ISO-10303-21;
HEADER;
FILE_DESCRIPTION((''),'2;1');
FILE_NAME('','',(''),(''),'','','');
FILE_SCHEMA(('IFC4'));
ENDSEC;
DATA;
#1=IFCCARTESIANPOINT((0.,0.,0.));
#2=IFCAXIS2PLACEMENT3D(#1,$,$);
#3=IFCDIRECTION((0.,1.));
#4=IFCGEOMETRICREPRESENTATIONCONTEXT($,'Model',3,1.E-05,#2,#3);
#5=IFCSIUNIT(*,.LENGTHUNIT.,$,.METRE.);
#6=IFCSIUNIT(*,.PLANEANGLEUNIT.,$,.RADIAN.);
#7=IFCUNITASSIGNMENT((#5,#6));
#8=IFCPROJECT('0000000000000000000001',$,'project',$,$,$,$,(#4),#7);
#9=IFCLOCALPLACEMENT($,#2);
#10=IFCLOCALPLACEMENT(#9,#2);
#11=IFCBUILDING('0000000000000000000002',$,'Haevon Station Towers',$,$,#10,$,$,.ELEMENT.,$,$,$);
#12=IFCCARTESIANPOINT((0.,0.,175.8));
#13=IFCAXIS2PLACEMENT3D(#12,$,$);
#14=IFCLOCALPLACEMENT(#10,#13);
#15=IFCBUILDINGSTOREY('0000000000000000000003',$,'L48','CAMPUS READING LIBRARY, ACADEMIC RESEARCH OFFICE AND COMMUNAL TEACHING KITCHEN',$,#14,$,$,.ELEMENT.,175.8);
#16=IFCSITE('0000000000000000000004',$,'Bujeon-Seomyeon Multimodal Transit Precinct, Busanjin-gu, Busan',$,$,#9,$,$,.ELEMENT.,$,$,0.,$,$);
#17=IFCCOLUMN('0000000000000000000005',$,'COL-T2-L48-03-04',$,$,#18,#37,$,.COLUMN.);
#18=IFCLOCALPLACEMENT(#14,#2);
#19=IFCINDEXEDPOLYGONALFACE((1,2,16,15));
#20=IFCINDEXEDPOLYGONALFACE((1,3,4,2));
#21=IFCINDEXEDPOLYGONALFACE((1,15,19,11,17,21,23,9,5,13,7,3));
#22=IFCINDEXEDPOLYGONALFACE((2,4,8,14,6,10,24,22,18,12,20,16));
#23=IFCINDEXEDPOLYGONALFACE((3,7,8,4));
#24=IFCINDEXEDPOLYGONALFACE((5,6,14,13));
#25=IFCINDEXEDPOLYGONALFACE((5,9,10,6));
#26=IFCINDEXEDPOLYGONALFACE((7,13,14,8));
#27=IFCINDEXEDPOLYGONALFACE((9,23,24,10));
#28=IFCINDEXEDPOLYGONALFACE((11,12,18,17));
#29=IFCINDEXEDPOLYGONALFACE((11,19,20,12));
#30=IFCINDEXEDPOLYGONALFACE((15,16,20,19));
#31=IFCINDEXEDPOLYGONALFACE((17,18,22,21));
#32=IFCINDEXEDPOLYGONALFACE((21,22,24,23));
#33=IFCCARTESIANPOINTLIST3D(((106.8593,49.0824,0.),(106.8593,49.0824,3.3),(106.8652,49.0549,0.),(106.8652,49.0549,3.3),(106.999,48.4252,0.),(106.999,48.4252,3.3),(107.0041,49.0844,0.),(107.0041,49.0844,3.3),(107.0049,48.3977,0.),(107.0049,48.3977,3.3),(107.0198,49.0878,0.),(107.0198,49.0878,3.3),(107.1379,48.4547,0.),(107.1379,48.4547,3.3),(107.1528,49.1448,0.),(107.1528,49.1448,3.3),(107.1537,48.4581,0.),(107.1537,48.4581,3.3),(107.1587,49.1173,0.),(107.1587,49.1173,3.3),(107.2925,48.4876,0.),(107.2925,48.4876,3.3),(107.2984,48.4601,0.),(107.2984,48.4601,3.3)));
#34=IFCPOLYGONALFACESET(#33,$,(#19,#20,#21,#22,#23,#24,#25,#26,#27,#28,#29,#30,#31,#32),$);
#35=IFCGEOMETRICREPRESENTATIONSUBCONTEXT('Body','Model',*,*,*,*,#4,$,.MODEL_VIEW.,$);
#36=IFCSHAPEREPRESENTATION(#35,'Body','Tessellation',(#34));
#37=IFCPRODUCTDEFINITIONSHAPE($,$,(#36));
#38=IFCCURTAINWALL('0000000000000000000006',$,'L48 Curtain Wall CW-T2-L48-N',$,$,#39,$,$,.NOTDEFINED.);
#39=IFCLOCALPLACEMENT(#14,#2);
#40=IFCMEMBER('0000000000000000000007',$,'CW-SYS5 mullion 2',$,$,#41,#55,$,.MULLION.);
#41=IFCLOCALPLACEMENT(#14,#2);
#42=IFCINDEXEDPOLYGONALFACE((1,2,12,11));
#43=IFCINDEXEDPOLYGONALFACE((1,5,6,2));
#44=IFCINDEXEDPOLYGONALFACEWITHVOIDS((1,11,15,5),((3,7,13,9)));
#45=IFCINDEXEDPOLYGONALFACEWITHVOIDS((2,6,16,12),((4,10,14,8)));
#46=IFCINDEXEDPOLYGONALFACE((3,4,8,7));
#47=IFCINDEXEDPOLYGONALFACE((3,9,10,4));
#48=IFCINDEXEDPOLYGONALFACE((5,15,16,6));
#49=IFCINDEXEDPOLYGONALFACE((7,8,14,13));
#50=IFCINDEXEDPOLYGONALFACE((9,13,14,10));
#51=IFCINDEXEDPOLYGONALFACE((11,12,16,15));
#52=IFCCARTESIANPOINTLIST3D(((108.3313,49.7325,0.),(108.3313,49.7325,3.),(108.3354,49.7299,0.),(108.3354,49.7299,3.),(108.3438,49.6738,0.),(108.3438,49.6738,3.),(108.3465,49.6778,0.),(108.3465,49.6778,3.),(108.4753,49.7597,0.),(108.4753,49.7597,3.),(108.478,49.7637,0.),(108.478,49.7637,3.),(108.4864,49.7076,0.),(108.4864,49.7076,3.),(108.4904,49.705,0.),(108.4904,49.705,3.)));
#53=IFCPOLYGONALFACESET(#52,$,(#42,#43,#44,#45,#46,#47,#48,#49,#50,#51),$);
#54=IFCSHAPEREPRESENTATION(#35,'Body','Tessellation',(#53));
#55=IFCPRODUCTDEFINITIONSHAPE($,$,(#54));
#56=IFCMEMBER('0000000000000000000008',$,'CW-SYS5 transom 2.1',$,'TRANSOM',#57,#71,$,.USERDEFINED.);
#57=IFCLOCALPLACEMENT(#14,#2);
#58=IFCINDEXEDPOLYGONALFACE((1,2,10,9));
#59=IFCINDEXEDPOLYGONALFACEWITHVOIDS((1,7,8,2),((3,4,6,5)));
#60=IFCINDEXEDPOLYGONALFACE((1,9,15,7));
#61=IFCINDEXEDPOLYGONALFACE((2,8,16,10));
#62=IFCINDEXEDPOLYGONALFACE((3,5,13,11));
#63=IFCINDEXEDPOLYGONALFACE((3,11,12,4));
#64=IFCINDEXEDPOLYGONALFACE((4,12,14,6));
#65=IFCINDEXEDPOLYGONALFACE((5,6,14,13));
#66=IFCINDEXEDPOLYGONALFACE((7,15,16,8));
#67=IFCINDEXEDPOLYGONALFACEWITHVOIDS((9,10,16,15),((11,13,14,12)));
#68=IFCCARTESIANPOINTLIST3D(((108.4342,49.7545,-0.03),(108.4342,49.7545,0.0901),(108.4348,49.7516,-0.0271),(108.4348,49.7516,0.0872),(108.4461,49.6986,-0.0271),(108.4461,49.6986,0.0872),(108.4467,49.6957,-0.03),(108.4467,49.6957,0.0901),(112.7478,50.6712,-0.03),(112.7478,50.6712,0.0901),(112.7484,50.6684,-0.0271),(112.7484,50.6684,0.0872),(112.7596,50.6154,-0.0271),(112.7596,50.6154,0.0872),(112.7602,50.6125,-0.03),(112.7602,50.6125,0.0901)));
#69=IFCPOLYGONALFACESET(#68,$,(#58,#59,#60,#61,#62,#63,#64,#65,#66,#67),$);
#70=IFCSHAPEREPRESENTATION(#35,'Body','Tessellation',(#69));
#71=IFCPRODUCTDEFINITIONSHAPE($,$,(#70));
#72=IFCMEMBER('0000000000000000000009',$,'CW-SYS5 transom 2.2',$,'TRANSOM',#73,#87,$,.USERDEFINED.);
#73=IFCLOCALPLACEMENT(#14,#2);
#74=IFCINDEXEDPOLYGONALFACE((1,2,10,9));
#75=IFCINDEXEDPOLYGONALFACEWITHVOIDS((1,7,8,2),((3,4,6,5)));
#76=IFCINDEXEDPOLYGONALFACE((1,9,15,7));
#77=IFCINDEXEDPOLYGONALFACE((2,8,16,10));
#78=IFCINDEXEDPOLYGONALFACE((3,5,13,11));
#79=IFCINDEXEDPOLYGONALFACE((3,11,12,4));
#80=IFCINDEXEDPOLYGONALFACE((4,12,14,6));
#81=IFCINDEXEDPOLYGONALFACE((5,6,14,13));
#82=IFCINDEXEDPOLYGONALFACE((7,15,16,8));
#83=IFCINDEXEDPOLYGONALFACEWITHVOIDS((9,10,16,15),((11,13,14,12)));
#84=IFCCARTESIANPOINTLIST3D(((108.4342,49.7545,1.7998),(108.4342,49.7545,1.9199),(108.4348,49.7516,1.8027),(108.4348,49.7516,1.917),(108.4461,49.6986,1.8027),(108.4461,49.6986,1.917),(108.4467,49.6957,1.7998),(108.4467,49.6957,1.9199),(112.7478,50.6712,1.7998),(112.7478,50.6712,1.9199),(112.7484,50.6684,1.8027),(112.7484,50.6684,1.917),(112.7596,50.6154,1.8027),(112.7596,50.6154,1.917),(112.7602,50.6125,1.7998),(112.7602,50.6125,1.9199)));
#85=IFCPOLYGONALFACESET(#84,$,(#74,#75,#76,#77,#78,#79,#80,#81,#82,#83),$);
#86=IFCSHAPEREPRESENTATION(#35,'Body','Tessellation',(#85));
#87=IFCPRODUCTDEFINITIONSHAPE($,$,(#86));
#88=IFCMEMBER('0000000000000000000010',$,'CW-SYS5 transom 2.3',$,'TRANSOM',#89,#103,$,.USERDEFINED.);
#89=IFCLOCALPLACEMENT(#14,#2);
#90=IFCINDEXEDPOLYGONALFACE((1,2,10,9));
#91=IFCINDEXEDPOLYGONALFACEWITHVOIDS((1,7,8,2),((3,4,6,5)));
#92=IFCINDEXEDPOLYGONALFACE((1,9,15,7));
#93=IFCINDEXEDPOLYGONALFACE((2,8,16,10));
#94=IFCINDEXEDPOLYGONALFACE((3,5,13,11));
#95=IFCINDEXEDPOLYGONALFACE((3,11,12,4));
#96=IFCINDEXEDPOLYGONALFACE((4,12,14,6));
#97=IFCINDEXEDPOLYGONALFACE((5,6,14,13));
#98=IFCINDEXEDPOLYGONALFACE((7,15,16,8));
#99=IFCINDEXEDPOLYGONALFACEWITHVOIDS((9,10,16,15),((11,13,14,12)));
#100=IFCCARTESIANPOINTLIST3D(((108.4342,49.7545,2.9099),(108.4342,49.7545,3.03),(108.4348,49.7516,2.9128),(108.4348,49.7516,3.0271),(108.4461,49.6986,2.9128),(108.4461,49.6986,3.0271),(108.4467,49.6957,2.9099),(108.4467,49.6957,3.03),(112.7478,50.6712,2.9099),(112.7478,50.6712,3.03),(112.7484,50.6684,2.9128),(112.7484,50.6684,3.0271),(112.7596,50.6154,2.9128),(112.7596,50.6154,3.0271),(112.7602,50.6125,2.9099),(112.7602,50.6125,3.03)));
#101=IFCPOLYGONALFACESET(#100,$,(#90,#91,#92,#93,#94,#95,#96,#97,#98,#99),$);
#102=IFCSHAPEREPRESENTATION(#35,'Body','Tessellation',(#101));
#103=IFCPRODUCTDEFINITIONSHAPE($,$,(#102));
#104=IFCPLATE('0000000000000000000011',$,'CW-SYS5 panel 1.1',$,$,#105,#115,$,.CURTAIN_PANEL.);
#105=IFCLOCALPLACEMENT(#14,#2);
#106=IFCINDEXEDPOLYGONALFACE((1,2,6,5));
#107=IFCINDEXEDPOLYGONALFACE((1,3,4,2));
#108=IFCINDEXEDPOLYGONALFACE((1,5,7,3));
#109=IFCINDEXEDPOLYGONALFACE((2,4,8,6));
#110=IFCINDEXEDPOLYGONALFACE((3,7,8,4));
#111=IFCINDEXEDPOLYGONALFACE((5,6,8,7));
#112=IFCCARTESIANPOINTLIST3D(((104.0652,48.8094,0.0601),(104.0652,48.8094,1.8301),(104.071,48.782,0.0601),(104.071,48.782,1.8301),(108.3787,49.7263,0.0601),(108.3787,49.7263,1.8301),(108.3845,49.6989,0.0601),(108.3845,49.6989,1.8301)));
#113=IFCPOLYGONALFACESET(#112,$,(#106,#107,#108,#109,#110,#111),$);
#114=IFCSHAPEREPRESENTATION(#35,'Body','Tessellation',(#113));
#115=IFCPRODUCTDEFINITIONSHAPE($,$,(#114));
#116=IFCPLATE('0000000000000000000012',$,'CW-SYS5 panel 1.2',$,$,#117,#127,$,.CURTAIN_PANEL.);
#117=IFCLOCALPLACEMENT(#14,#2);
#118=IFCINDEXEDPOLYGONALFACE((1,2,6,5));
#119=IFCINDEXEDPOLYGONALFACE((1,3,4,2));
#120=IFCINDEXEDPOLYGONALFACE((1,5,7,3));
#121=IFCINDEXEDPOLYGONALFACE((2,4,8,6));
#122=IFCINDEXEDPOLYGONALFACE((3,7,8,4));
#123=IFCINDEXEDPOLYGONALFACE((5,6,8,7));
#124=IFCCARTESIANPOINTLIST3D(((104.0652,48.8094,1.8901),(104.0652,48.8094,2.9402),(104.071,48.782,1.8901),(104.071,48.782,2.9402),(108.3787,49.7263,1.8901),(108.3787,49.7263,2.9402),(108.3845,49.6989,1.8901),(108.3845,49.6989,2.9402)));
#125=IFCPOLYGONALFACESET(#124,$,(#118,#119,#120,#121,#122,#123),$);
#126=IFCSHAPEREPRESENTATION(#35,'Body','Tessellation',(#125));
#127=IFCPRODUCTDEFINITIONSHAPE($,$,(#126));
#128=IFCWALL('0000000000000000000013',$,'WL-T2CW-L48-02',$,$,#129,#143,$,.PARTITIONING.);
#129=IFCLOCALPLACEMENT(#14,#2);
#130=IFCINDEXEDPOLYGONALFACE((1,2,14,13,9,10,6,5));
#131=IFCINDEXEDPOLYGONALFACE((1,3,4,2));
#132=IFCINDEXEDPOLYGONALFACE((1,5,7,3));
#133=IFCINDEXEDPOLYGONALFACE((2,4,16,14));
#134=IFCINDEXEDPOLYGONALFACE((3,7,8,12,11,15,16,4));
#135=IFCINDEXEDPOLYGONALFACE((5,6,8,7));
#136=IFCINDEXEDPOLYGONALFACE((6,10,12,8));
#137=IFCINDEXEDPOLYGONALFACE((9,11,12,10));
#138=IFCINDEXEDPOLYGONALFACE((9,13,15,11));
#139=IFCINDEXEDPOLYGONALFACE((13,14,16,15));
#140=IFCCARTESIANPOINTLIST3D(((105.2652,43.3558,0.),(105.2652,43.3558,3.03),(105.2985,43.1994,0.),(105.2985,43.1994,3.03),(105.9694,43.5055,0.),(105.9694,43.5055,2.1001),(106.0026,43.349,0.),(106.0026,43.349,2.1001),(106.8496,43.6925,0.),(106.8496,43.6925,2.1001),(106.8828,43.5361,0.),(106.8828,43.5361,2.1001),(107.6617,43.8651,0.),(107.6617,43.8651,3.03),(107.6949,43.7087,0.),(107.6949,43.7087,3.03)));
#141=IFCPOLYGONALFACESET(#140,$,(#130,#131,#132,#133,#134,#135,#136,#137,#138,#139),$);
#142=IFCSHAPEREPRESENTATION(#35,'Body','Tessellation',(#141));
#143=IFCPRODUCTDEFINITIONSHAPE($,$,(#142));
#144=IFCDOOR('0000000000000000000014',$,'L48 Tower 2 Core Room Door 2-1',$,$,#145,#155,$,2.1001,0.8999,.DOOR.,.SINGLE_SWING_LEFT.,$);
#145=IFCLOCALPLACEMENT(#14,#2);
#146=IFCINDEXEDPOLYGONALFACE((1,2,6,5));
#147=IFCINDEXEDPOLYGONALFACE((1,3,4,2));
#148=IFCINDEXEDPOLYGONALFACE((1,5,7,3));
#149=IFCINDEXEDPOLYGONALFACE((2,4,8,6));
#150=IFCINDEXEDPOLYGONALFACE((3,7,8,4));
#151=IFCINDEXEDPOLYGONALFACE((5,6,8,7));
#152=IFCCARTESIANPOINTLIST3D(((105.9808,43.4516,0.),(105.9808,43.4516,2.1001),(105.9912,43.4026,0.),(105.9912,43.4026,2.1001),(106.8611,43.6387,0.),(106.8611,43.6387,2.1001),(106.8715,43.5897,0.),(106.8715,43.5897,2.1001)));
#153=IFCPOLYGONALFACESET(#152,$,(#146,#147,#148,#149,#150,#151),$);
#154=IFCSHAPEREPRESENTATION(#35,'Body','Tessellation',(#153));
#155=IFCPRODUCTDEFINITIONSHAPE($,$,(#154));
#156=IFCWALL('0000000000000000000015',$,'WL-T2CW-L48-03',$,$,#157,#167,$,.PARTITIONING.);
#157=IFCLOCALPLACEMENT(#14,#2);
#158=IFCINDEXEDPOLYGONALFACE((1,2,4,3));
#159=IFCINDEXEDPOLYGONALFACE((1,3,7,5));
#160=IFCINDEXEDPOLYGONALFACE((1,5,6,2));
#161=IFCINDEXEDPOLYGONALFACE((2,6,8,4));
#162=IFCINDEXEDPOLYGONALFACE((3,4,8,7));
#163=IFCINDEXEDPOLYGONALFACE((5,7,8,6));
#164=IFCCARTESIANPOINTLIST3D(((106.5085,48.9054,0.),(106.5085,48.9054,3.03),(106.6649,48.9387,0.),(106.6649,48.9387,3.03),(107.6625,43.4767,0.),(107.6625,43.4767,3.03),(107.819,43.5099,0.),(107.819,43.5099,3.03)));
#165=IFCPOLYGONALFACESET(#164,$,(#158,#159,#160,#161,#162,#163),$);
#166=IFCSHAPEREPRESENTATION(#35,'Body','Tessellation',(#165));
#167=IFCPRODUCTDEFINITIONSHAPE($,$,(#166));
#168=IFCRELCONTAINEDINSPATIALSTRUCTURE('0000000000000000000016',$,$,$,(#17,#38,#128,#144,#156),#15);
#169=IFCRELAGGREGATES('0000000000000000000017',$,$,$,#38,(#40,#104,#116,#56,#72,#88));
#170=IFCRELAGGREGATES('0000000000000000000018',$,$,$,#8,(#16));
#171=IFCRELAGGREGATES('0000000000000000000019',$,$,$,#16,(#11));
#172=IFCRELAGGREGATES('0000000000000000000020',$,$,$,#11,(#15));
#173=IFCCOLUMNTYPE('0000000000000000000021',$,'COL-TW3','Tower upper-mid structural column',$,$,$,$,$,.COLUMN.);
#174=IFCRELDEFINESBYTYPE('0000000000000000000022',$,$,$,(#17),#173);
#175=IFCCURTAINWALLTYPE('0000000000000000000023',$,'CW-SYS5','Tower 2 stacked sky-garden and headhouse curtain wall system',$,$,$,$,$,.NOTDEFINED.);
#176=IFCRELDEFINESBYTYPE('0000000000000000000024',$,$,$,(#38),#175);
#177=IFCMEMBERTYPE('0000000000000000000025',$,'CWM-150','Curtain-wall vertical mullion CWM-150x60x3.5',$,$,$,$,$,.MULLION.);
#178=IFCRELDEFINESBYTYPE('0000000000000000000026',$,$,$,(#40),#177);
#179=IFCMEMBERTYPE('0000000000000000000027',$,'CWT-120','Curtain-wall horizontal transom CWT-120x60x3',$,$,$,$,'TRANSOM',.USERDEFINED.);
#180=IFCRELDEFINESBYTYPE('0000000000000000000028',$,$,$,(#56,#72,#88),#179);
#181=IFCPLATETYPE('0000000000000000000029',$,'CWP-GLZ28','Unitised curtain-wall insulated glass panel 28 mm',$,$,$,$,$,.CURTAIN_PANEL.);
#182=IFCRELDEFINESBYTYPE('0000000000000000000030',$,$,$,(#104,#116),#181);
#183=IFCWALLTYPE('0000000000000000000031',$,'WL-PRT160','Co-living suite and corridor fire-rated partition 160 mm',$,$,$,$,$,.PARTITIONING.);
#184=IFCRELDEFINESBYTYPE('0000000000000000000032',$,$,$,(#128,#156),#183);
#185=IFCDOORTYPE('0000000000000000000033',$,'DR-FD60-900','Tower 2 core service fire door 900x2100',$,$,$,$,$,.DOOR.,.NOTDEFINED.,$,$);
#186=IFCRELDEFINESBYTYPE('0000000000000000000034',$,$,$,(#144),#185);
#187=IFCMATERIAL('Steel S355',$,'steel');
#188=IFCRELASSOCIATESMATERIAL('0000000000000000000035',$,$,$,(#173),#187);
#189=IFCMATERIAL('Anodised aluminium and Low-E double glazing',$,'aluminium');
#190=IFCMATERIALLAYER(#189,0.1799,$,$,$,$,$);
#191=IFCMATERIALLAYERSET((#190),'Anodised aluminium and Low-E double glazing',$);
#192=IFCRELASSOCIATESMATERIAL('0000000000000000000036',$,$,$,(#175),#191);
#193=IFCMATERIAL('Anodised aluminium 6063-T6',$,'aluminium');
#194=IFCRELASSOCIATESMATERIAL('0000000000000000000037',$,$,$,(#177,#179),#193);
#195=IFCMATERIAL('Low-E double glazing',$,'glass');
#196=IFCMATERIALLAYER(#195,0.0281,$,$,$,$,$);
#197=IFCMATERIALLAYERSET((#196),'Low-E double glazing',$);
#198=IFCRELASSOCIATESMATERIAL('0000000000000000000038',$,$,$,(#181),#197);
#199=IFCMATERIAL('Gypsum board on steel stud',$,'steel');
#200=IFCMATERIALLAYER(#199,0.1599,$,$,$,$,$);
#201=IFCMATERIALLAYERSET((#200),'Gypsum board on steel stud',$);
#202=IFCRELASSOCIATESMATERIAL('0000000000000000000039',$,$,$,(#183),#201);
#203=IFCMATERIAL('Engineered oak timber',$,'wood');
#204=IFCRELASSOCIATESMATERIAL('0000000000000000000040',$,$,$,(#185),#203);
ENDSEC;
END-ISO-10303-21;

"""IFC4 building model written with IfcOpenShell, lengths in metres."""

from ifc_helpers import new_model, si_unit, direction, frame, frame_2d, origin, origin_2d, place, context, subcontext, project, spatial, rectangle, hollow_rectangle, i_section, extrude, material, layer, layer_set, material_profile, profile_set, type_object, element, fill, aggregate, save


model = new_model("IFC4")

# Units and contexts
model_context = context("Model", 3, precision=1e-05, world=origin(), true_north=direction((0.0, 1.0)))
body_context = subcontext(model_context, "Body", "Model", "MODEL_VIEW")
ifc_project = project(units=[si_unit("LENGTHUNIT", "METRE"), si_unit("PLANEANGLEUNIT", "RADIAN")], contexts=[model_context])

# Site, building, storey
site_placement = place(None, origin())
site = spatial("IfcSite", under=ifc_project, at=site_placement, Name="Bujeon-Seomyeon Multimodal Transit Precinct, Busanjin-gu, Busan", CompositionType="ELEMENT", RefElevation=0.0)
building_placement = place(site_placement, origin())
building = spatial("IfcBuilding", under=site, at=building_placement, Name="Haevon Station Towers", CompositionType="ELEMENT")
storey_placement = place(building_placement, frame((0.0, 0.0, 175.8)))
storey = spatial("IfcBuildingStorey", under=building, at=storey_placement, Name="L48", Description="CAMPUS READING LIBRARY, ACADEMIC RESEARCH OFFICE AND COMMUNAL TEACHING KITCHEN", CompositionType="ELEMENT", Elevation=175.8)

# Column
ifc_material_1 = material(Name="Steel S355", Category="steel")
ifc_material_profile_1 = material_profile(ifc_material_1, i_section(OverallWidth=0.3, OverallDepth=0.7, WebThickness=0.0161, FlangeThickness=0.0281, at=origin_2d()), Name="H-700x300x16x28")
ifc_profile_set_1 = profile_set([ifc_material_profile_1], Name="Steel S355")
column_type = type_object("IfcColumnType", Name="COL-TW3", Description="Tower upper-mid structural column", PredefinedType="COLUMN", material=ifc_profile_set_1)
column_placement = place(storey_placement, frame((107.0789, 48.7712, 0.0), z_axis=(0.0, 0.0, 1.0), x_axis=(0.978148, 0.207912, 0.0)))
element("IfcColumn", 1, at=column_placement, inside=storey, type_object=column_type, Name="COL-T2-L48-03-04", PredefinedType="COLUMN", context=body_context, shape_type="SweptSolid", body=[
    extrude(i_section(OverallWidth=0.3, OverallDepth=0.7, WebThickness=0.0161, FlangeThickness=0.0281, at=origin_2d()), origin(), (0.0, 0.0, 1.0), 3.3),
])

# Curtain wall, members, plates
ifc_material_2 = material(Name="Anodised aluminium and Low-E double glazing", Category="aluminium")
ifc_layer_1 = layer(ifc_material_2, 0.1799)
ifc_layer_set_1 = layer_set([ifc_layer_1], Name="Anodised aluminium and Low-E double glazing")
curtain_wall_type = type_object("IfcCurtainWallType", Name="CW-SYS5", Description="Tower 2 stacked sky-garden and headhouse curtain wall system", PredefinedType="NOTDEFINED", material=ifc_layer_set_1)
curtain_wall_placement = place(storey_placement, origin())
curtain_wall = element("IfcCurtainWall", 2, at=curtain_wall_placement, inside=storey, type_object=curtain_wall_type, Name="L48 Curtain Wall CW-T2-L48-N", PredefinedType="NOTDEFINED")
ifc_material_3 = material(Name="Anodised aluminium 6063-T6", Category="aluminium")
ifc_material_profile_2 = material_profile(ifc_material_3, hollow_rectangle(XDim=0.0601, YDim=0.1499, WallThickness=0.0034, at=origin_2d()), Name="CWM-150x60x3.5")
ifc_profile_set_2 = profile_set([ifc_material_profile_2], Name="Anodised aluminium 6063-T6")
member_type_1 = type_object("IfcMemberType", Name="CWM-150", Description="Curtain-wall vertical mullion CWM-150x60x3.5", PredefinedType="MULLION", material=ifc_profile_set_2)
member_1_placement = place(storey_placement, frame((108.4109, 49.7188, 0.0), z_axis=(0.0, 0.0, 1.0), x_axis=(-0.207912, 0.978148, 0.0)))
member_1 = element("IfcMember", 3, at=member_1_placement, type_object=member_type_1, Name="CW-SYS5 mullion 2", PredefinedType="MULLION", context=body_context, shape_type="SweptSolid", body=[
    extrude(hollow_rectangle(XDim=0.0601, YDim=0.1499, WallThickness=0.0034, at=origin_2d()), origin(), (0.0, 0.0, 1.0), 3.0),
])
ifc_material_profile_3 = material_profile(ifc_material_3, hollow_rectangle(XDim=0.0601, YDim=0.1201, WallThickness=0.0029, at=origin_2d()), Name="CWT-120x60x3")
ifc_profile_set_3 = profile_set([ifc_material_profile_3], Name="Anodised aluminium 6063-T6")
member_type_2 = type_object("IfcMemberType", Name="CWT-120", Description="Curtain-wall horizontal transom CWT-120x60x3", ElementType="TRANSOM", PredefinedType="USERDEFINED", material=ifc_profile_set_3)
member_2_placement = place(storey_placement, frame((108.4404, 49.7251, 0.03), z_axis=(0.978153, 0.207888, 0.0), x_axis=(-0.207888, 0.978153, 0.0)))
member_2 = element("IfcMember", 4, at=member_2_placement, type_object=member_type_2, Name="CW-SYS5 transom 2.1", ObjectType="TRANSOM", PredefinedType="USERDEFINED", context=body_context, shape_type="SweptSolid", body=[
    extrude(hollow_rectangle(XDim=0.0601, YDim=0.1201, WallThickness=0.0029, at=origin_2d()), origin(), (0.0, 0.0, 1.0), 4.4099),
])
member_3_placement = place(storey_placement, frame((108.4404, 49.7251, 1.8599), z_axis=(0.978153, 0.207888, 0.0), x_axis=(-0.207888, 0.978153, 0.0)))
member_3 = element("IfcMember", 5, at=member_3_placement, type_object=member_type_2, Name="CW-SYS5 transom 2.2", ObjectType="TRANSOM", PredefinedType="USERDEFINED", context=body_context, shape_type="SweptSolid", body=[
    extrude(hollow_rectangle(XDim=0.0601, YDim=0.1201, WallThickness=0.0029, at=origin_2d()), origin(), (0.0, 0.0, 1.0), 4.4099),
])
member_4_placement = place(storey_placement, frame((108.4404, 49.7251, 2.97), z_axis=(0.978153, 0.207888, 0.0), x_axis=(-0.207888, 0.978153, 0.0)))
member_4 = element("IfcMember", 6, at=member_4_placement, type_object=member_type_2, Name="CW-SYS5 transom 2.3", ObjectType="TRANSOM", PredefinedType="USERDEFINED", context=body_context, shape_type="SweptSolid", body=[
    extrude(hollow_rectangle(XDim=0.0601, YDim=0.1201, WallThickness=0.0029, at=origin_2d()), origin(), (0.0, 0.0, 1.0), 4.4099),
])
ifc_material_4 = material(Name="Low-E double glazing", Category="glass")
ifc_layer_2 = layer(ifc_material_4, 0.0281)
ifc_layer_set_2 = layer_set([ifc_layer_2], Name="Low-E double glazing")
plate_type = type_object("IfcPlateType", Name="CWP-GLZ28", Description="Unitised curtain-wall insulated glass panel 28 mm", PredefinedType="CURTAIN_PANEL", material=ifc_layer_set_2)
plate_1_placement = place(storey_placement, frame((106.2249, 49.2542, 0.0601), z_axis=(0.0, 0.0, 1.0), x_axis=(0.978148, 0.207912, 0.0)))
plate_1 = element("IfcPlate", 7, at=plate_1_placement, type_object=plate_type, Name="CW-SYS5 panel 1.1", PredefinedType="CURTAIN_PANEL", context=body_context, shape_type="SweptSolid", body=[
    extrude(rectangle(XDim=4.4099, YDim=0.0281, at=origin_2d()), origin(), (0.0, 0.0, 1.0), 1.77),
])
plate_2_placement = place(storey_placement, frame((106.2249, 49.2542, 1.8901), z_axis=(0.0, 0.0, 1.0), x_axis=(0.978148, 0.207912, 0.0)))
plate_2 = element("IfcPlate", 8, at=plate_2_placement, type_object=plate_type, Name="CW-SYS5 panel 1.2", PredefinedType="CURTAIN_PANEL", context=body_context, shape_type="SweptSolid", body=[
    extrude(rectangle(XDim=4.4099, YDim=0.0281, at=origin_2d()), origin(), (0.0, 0.0, 1.0), 1.05),
])
aggregate(curtain_wall, [member_1, plate_1, plate_2, member_2, member_3, member_4])

# Wall, opening, door
ifc_material_5 = material(Name="Gypsum board on steel stud", Category="steel")
ifc_layer_3 = layer(ifc_material_5, 0.1599)
ifc_layer_set_3 = layer_set([ifc_layer_3], Name="Gypsum board on steel stud")
wall_type_1 = type_object("IfcWallType", Name="WL-PRT160", Description="Co-living suite and corridor fire-rated partition 160 mm", PredefinedType="PARTITIONING", material=ifc_layer_set_3)
wall_1_placement = place(storey_placement, frame((105.2817, 43.2776, 0.0), z_axis=(0.0, 0.0, 1.0), x_axis=(0.978157, 0.207868, 0.0)))
wall_1 = element("IfcWall", 9, at=wall_1_placement, inside=storey, type_object=wall_type_1, Name="WL-T2CW-L48-02", PredefinedType="PARTITIONING", context=body_context, shape_type="SweptSolid", body=[
    extrude(rectangle(XDim=2.45, YDim=0.1599, at=frame_2d((1.2251, 0.0))), origin(), (0.0, 0.0, 1.0), 3.03),
])
opening_1_placement = place(wall_1_placement, frame((0.72, 0.0, 0.0)))
opening_1 = element("IfcOpeningElement", 10, at=opening_1_placement, cuts=wall_1, PredefinedType="OPENING", context=body_context, shape_type="SweptSolid", body=[
    extrude(rectangle(XDim=0.8999, YDim=2.1001, at=frame_2d((0.45, 1.05))), frame((0.0, 0.0898, 0.0), z_axis=(0.0, -1.0, 0.0), x_axis=(1.0, 0.0, 0.0)), (0.0, 0.0, 1.0), 0.1799),
])
ifc_material_6 = material(Name="Engineered oak timber", Category="wood")
door_type_1 = type_object("IfcDoorType", Name="DR-FD60-900", Description="Tower 2 core service fire door 900x2100", OperationType="NOTDEFINED", PredefinedType="DOOR", material=ifc_material_6)
door_1_placement = place(opening_1_placement, origin())
door_1 = element("IfcDoor", 11, at=door_1_placement, inside=storey, type_object=door_type_1, Name="L48 Tower 2 Core Room Door 2-1", OperationType="SINGLE_SWING_LEFT", OverallHeight=2.1001, OverallWidth=0.8999, PredefinedType="DOOR", context=body_context, shape_type="SweptSolid", body=[
    extrude(rectangle(XDim=0.8999, YDim=2.1001, at=frame_2d((0.45, 1.05))), frame((0.0, 0.0249, 0.0), z_axis=(0.0, -1.0, 0.0), x_axis=(1.0, 0.0, 0.0)), (0.0, 0.0, 1.0), 0.05),
])
fill(opening_1, door_1)

# Wall
wall_2_placement = place(storey_placement, frame((107.7407, 43.4934, 0.0), z_axis=(0.0, 0.0, 1.0), x_axis=(-0.207937, 0.978142, 0.0)))
element("IfcWall", 12, at=wall_2_placement, inside=storey, type_object=wall_type_1, Name="WL-T2CW-L48-03", PredefinedType="PARTITIONING", context=body_context, shape_type="SweptSolid", body=[
    extrude(rectangle(XDim=5.55, YDim=0.1599, at=frame_2d((2.7749, 0.0))), origin(), (0.0, 0.0, 1.0), 3.03),
])

save(model, "model.ifc")
